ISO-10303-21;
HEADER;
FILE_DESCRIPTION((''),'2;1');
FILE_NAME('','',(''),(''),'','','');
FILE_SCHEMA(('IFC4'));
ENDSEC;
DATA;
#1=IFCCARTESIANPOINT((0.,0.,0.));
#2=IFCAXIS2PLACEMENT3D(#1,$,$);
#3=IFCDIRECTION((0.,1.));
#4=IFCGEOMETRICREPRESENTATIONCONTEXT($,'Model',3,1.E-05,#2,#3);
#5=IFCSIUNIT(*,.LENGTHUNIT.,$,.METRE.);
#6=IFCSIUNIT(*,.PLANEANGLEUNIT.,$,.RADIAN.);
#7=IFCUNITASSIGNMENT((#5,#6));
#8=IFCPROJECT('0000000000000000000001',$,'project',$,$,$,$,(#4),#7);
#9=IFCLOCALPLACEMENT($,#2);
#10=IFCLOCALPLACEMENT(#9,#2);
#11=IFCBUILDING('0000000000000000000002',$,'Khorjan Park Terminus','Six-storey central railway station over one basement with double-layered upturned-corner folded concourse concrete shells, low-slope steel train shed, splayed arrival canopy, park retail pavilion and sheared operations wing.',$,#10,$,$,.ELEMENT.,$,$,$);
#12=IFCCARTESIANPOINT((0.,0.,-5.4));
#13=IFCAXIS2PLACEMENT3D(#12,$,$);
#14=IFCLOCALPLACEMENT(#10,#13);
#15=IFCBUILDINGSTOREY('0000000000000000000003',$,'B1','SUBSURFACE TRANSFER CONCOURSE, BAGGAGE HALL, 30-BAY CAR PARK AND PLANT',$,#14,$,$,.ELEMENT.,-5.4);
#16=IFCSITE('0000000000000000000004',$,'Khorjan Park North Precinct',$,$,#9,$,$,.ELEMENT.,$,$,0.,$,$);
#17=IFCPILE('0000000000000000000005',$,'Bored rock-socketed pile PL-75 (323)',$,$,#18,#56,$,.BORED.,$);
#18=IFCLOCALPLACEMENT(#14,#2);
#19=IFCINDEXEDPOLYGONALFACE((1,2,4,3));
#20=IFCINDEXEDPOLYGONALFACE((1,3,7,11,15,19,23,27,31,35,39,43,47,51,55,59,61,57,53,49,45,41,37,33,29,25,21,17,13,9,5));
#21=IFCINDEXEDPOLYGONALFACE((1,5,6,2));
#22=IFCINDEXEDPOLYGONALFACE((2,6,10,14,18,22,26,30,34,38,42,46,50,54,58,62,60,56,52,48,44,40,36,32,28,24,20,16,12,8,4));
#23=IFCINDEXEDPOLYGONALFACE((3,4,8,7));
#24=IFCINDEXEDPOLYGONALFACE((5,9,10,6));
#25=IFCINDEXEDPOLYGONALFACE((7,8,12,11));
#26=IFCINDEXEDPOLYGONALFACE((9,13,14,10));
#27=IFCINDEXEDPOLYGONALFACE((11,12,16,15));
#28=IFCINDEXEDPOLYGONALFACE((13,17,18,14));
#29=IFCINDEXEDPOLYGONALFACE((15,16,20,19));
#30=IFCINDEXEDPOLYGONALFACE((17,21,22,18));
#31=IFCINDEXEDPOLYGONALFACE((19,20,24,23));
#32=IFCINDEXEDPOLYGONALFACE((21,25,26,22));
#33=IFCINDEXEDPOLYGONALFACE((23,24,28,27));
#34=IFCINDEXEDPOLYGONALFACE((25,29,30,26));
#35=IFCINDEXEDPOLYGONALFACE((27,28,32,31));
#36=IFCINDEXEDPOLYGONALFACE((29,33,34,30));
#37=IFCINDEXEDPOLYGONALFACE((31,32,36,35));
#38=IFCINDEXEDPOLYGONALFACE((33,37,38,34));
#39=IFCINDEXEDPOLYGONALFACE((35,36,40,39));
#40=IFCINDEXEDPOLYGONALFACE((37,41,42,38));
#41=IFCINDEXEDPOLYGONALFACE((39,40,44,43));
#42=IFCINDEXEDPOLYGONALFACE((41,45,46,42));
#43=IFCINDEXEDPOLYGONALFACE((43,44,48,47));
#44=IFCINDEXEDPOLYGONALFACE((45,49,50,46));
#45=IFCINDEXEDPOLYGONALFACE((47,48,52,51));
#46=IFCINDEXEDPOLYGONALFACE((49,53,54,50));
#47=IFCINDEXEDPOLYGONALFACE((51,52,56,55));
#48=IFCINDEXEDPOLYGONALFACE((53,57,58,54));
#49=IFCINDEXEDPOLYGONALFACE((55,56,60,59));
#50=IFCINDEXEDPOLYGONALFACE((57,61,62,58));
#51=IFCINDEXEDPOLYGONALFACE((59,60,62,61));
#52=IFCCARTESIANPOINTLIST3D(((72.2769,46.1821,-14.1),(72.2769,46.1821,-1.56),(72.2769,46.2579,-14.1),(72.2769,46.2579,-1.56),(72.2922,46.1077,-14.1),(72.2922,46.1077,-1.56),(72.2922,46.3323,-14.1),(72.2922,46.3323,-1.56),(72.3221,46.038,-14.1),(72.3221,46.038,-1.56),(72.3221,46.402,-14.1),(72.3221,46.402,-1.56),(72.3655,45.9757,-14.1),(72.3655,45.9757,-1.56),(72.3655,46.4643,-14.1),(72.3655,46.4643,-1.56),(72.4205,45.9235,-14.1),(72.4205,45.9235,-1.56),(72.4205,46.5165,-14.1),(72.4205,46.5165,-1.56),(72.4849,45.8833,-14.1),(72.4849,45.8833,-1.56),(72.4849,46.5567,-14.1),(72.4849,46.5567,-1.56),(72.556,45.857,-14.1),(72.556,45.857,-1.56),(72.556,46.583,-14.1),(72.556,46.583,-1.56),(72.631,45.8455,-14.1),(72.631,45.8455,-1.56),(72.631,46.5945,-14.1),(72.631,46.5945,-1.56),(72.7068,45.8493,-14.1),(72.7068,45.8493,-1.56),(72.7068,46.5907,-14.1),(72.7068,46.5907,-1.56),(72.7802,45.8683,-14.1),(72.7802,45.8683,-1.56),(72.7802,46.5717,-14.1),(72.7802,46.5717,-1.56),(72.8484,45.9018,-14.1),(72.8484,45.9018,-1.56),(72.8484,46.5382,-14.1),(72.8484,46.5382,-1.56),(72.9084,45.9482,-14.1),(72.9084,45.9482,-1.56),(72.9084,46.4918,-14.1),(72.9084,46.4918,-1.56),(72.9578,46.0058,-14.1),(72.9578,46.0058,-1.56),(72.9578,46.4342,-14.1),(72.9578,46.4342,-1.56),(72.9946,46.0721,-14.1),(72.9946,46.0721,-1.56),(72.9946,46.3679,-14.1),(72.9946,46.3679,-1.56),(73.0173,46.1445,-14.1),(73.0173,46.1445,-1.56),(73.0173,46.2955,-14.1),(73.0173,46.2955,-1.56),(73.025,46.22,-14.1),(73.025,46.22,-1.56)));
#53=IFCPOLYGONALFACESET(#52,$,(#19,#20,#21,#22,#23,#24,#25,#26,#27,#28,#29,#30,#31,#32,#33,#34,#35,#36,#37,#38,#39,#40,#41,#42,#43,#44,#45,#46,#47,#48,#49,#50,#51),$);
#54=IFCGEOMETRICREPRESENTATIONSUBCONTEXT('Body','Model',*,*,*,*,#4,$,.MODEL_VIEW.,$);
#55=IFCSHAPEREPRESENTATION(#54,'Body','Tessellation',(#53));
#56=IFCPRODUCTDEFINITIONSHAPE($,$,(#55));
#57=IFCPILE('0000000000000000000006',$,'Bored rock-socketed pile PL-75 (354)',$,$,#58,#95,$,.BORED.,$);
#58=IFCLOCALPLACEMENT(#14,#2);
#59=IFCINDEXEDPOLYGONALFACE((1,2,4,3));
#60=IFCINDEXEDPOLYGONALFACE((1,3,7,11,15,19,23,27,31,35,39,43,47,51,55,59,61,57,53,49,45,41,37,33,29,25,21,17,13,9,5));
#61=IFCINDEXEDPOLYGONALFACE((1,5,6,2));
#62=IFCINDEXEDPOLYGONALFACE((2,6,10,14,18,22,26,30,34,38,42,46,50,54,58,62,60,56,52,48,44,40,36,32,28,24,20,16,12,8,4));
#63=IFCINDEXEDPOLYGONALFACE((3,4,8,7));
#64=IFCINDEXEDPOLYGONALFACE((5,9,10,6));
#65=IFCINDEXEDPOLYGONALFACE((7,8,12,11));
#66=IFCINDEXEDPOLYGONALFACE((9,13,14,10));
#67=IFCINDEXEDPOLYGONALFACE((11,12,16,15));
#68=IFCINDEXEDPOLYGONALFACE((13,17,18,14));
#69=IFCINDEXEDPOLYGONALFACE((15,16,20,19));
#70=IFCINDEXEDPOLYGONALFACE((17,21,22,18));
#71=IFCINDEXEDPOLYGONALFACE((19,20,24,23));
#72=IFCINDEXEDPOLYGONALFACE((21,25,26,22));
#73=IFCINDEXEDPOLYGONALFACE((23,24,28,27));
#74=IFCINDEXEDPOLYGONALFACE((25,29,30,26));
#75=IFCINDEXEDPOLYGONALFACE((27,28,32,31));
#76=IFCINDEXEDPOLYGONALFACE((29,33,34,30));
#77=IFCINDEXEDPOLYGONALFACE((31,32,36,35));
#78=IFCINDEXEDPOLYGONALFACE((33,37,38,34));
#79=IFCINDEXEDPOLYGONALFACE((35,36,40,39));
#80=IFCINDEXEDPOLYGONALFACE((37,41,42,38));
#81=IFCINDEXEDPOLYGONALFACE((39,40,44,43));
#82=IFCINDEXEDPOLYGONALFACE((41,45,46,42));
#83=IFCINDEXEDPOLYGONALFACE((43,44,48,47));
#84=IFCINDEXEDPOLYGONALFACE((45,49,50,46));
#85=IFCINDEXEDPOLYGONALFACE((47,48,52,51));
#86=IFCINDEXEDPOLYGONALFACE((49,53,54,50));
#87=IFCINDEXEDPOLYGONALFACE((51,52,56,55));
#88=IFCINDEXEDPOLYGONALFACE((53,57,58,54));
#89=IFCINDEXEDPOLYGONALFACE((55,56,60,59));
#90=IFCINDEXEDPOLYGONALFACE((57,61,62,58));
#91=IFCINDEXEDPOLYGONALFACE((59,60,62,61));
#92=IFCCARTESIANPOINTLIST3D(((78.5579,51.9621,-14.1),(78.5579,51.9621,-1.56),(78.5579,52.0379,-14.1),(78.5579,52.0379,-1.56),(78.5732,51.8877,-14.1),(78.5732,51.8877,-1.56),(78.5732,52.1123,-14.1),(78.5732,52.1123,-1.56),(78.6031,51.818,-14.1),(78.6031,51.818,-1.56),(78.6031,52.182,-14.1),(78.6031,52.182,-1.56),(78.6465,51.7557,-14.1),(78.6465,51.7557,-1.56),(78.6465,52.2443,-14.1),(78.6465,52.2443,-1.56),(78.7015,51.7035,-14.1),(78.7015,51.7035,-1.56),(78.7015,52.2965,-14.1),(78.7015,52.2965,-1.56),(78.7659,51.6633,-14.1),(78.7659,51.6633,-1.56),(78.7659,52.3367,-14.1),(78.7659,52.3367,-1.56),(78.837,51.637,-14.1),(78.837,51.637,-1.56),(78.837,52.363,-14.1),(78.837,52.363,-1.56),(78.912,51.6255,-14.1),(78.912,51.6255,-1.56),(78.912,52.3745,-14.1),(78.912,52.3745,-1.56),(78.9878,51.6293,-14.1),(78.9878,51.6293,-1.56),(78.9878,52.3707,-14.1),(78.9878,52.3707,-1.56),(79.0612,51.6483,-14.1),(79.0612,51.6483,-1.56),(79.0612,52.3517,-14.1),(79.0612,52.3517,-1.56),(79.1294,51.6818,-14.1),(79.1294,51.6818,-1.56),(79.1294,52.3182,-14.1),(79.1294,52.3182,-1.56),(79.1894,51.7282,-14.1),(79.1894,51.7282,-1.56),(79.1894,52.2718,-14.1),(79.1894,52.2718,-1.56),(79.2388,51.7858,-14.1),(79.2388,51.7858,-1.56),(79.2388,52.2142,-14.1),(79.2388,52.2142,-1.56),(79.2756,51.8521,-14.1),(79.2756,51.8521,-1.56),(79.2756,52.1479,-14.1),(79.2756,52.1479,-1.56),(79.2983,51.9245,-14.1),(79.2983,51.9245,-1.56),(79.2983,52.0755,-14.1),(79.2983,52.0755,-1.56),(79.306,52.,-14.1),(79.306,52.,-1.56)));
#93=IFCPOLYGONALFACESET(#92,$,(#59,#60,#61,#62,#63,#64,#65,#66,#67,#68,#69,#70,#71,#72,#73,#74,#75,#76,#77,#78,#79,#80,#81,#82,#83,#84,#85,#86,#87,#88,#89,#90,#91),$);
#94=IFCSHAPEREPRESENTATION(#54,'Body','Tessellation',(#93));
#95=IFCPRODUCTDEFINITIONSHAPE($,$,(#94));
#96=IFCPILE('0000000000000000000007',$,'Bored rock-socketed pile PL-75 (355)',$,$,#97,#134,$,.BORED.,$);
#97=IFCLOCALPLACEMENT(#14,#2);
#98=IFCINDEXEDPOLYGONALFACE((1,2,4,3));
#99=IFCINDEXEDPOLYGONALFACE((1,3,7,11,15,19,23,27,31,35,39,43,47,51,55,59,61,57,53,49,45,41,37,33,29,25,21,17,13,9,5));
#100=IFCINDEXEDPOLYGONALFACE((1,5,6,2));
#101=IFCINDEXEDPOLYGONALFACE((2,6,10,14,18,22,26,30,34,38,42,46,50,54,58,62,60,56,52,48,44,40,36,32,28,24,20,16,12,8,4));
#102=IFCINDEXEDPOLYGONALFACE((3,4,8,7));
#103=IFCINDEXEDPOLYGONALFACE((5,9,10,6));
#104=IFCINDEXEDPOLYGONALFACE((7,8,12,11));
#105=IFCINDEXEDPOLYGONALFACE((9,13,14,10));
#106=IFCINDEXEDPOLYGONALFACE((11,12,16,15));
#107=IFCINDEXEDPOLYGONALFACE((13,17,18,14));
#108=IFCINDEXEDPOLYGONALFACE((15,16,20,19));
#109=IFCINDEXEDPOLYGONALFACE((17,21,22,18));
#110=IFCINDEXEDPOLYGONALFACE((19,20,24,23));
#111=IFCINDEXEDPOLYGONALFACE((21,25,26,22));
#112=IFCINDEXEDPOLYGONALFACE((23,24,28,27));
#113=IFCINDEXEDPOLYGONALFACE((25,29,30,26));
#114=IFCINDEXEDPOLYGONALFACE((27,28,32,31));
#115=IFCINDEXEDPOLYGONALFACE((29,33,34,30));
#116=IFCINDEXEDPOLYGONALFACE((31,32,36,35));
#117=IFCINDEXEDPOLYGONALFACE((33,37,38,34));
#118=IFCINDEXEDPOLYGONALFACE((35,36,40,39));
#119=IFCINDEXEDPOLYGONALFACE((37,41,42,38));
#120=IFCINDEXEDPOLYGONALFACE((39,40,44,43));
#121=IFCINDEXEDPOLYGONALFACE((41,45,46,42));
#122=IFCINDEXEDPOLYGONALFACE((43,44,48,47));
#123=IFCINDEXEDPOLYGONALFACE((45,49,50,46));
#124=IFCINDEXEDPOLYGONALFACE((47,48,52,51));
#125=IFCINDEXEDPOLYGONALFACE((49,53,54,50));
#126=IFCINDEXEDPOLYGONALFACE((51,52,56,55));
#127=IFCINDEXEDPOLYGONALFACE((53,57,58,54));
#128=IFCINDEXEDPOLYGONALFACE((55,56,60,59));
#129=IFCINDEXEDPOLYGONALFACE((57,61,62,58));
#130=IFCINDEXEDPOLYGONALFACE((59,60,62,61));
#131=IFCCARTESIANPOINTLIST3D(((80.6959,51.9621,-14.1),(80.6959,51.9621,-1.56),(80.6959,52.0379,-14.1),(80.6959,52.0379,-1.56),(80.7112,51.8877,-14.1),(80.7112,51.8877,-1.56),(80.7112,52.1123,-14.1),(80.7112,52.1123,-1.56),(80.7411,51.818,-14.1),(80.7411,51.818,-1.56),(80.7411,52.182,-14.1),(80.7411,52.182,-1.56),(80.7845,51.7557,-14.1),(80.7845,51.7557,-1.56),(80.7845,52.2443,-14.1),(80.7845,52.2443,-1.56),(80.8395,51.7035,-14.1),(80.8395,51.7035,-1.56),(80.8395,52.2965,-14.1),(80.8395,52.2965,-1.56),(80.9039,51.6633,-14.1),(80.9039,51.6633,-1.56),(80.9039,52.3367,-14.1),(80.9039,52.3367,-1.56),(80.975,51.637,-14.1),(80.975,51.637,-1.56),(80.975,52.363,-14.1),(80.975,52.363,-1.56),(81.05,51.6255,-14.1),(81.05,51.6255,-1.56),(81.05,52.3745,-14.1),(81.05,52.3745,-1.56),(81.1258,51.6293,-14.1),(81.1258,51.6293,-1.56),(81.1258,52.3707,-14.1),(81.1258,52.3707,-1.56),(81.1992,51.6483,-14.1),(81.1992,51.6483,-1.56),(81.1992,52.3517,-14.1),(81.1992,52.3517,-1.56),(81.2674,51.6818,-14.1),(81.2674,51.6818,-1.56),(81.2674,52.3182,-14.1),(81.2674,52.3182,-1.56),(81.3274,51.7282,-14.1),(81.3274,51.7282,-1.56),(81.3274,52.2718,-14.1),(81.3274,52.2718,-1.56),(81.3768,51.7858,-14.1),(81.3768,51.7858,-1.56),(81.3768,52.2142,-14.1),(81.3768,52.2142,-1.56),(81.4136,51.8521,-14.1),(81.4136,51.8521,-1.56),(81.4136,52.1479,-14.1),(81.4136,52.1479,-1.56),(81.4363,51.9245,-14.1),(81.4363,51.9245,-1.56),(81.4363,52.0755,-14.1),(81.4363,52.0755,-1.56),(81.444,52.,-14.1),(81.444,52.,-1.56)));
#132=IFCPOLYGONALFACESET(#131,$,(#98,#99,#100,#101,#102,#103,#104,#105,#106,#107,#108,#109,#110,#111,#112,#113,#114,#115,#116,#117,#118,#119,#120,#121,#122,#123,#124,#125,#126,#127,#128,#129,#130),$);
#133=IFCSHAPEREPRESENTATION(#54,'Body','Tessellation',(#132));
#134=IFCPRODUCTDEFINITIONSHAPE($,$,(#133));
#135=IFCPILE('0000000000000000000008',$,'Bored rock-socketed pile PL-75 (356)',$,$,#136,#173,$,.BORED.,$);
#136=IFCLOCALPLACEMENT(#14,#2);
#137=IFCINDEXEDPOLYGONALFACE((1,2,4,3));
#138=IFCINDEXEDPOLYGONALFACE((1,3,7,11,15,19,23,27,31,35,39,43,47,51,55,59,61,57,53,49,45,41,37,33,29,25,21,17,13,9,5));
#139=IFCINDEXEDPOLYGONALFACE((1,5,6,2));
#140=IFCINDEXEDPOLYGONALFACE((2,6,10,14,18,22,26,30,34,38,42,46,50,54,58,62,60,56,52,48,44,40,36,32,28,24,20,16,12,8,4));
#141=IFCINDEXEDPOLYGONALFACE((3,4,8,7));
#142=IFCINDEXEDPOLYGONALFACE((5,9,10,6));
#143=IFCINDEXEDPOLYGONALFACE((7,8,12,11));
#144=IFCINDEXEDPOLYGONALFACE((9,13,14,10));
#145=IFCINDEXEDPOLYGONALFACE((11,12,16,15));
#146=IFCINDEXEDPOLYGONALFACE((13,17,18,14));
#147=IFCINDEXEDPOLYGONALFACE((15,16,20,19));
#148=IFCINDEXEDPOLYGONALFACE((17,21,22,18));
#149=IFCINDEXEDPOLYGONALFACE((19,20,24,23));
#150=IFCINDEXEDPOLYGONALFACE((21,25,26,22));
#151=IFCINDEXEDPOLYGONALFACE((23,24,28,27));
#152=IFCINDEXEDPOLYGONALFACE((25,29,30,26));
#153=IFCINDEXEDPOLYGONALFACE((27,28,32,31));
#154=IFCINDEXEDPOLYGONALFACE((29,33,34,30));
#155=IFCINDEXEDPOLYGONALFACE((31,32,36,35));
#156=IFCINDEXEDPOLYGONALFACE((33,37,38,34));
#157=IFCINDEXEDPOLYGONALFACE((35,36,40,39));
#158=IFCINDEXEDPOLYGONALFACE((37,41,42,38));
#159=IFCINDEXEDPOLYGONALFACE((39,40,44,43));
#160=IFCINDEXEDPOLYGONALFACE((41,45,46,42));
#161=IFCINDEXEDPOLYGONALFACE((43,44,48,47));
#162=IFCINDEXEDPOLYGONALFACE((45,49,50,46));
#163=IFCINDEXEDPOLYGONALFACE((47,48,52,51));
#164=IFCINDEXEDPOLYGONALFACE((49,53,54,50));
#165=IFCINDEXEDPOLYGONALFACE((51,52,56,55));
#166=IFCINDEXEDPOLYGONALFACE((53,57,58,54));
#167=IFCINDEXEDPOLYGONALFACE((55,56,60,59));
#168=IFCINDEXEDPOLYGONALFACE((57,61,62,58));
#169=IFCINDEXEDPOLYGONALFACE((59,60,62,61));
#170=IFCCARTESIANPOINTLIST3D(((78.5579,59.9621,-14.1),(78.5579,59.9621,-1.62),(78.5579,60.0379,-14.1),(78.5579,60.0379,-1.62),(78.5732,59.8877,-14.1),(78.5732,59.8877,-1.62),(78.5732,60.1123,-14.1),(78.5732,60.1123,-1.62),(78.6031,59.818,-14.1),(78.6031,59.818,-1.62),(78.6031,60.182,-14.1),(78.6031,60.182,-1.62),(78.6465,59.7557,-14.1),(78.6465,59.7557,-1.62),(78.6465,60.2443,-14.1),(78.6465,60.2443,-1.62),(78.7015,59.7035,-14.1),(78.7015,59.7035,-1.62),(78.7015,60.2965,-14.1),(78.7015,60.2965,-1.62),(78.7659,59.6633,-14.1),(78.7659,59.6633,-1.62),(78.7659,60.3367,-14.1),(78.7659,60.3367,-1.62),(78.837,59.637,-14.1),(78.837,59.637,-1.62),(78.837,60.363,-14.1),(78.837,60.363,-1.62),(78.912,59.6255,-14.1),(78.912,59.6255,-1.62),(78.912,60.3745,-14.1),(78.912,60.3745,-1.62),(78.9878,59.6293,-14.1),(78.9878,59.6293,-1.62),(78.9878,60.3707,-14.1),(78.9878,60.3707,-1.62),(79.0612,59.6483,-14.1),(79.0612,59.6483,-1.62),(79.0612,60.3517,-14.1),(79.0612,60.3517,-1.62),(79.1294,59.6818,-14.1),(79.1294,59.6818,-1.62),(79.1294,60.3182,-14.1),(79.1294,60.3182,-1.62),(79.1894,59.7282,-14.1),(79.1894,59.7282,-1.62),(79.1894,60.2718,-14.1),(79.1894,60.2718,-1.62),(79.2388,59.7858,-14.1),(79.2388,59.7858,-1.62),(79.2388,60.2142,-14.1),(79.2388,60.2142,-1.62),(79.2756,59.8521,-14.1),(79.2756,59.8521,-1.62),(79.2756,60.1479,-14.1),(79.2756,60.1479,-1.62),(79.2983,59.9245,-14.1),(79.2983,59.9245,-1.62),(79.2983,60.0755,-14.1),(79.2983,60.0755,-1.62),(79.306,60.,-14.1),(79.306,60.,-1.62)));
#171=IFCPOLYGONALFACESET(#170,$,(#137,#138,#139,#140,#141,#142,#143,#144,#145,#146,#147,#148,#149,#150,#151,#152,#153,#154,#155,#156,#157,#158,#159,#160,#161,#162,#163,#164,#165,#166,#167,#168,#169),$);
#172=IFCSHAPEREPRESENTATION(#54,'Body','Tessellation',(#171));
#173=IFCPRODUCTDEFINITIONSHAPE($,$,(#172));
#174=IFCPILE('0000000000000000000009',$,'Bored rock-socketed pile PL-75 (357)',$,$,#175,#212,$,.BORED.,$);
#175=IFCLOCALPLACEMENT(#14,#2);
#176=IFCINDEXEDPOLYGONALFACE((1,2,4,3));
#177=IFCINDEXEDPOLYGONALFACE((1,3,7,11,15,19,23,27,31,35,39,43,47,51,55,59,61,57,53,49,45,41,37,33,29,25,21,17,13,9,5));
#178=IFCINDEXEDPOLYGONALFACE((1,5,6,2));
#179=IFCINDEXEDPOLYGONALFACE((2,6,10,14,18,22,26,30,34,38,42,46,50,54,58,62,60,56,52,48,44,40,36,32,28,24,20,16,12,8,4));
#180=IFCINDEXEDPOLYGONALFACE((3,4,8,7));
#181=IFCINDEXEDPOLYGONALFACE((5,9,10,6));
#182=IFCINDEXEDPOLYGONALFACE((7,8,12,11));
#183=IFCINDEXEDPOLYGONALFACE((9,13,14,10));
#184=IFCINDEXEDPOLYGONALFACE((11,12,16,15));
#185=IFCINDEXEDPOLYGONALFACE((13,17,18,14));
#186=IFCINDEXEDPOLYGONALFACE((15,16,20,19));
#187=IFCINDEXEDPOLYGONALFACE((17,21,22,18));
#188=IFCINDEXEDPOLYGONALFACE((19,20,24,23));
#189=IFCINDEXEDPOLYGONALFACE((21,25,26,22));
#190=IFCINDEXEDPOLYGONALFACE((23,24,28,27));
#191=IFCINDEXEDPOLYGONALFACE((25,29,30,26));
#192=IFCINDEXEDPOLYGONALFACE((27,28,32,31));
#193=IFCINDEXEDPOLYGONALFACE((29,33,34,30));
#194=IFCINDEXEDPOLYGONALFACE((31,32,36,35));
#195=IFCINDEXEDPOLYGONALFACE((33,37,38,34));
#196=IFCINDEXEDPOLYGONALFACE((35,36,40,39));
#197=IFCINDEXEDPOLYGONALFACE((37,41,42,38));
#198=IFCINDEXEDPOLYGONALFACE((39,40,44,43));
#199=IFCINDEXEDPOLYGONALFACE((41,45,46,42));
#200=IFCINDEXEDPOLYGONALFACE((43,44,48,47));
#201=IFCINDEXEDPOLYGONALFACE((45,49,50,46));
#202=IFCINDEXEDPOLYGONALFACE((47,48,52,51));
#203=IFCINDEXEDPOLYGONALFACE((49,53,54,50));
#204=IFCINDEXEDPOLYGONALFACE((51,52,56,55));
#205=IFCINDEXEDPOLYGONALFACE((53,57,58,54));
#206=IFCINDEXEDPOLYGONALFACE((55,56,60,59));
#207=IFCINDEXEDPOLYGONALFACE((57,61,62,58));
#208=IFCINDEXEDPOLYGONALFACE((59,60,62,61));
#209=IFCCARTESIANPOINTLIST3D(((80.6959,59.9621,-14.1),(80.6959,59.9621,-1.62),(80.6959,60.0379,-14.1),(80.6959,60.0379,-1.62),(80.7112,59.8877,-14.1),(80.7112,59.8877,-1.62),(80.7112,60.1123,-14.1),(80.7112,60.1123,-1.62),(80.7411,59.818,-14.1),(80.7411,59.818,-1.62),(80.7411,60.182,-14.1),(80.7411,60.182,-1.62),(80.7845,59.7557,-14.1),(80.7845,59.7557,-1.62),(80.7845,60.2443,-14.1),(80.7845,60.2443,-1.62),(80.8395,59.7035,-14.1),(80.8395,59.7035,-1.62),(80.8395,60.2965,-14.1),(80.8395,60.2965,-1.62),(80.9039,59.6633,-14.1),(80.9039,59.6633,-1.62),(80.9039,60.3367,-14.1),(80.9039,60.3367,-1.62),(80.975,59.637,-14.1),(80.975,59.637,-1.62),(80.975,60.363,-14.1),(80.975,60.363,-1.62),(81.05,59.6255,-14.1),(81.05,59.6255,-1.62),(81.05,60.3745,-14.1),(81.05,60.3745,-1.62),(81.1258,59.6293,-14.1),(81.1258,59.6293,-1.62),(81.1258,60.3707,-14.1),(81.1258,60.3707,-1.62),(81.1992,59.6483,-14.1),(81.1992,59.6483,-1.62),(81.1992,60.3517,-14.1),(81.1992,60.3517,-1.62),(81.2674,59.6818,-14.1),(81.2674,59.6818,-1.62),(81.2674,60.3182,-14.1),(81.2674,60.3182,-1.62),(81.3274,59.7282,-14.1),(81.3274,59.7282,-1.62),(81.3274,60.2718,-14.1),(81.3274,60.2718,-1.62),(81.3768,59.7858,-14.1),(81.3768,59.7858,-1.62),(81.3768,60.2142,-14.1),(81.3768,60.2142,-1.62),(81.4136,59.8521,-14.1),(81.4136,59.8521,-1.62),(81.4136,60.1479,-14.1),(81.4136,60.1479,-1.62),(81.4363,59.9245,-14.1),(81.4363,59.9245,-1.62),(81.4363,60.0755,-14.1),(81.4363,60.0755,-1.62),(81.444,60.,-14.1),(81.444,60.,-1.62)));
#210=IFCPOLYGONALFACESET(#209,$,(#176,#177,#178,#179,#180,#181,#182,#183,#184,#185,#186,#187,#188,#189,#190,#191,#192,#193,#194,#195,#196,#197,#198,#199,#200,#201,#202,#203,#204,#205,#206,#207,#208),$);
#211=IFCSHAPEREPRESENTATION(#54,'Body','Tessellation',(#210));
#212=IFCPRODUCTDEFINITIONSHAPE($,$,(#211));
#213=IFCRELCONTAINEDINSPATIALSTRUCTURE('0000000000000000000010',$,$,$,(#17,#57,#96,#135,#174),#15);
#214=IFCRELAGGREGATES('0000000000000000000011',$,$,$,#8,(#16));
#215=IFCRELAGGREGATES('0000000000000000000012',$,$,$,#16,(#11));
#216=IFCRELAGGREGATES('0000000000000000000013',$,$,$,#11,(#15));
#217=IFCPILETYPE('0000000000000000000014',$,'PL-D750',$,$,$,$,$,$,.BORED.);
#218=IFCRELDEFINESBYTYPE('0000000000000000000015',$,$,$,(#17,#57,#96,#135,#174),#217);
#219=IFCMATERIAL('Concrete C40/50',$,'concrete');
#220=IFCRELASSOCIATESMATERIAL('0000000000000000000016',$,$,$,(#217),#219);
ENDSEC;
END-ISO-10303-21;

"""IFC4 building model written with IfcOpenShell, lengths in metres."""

from ifc_helpers import new_model, si_unit, direction, frame, origin, origin_2d, place, context, subcontext, project, spatial, circle, extrude, material, material_profile, profile_set, type_object, element, save


model = new_model("IFC4")

# Units and contexts
model_context = context("Model", 3, precision=1e-05, world=origin(), true_north=direction((0.0, 1.0)))
body_context = subcontext(model_context, "Body", "Model", "MODEL_VIEW")
ifc_project = project(units=[si_unit("LENGTHUNIT", "METRE"), si_unit("PLANEANGLEUNIT", "RADIAN")], contexts=[model_context])

# Site, building, storey
site_placement = place(None, origin())
site = spatial("IfcSite", under=ifc_project, at=site_placement, Name="Khorjan Park North Precinct", CompositionType="ELEMENT", RefElevation=0.0)
building_placement = place(site_placement, origin())
building = spatial("IfcBuilding", under=site, at=building_placement, Name="Khorjan Park Terminus", Description="Six-storey central railway station over one basement with double-layered upturned-corner folded concourse concrete shells, low-slope steel train shed, splayed arrival canopy, park retail pavilion and sheared operations wing.", CompositionType="ELEMENT")
storey_placement = place(building_placement, frame((0.0, 0.0, -5.4)))
storey = spatial("IfcBuildingStorey", under=building, at=storey_placement, Name="B1", Description="SUBSURFACE TRANSFER CONCOURSE, BAGGAGE HALL, 30-BAY CAR PARK AND PLANT", CompositionType="ELEMENT", Elevation=-5.4)

# Shared definitions
ifc_material_1 = material(Name="Concrete C40/50", Category="concrete")

# Piles
ifc_material_profile_1 = material_profile(ifc_material_1, circle(Radius=0.375, at=origin_2d()), Name="BORED D750")
ifc_profile_set_1 = profile_set([ifc_material_profile_1], Name="Concrete C40/50")
pile_type = type_object("IfcPileType", Name="PL-D750", PredefinedType="BORED", material=ifc_profile_set_1)
for number, where, z_axis, x_axis, name in (
    (1, (72.65, 46.22, -1.56), (0.0, 0.0, -1.0), (1.0, 0.0, 0.0), "Bored rock-socketed pile PL-75 (323)"),
    (2, (78.931, 52.0, -1.56), (0.0, 0.0, -1.0), (1.0, 0.0, 0.0), "Bored rock-socketed pile PL-75 (354)"),
    (3, (81.069, 52.0, -1.56), (0.0, 0.0, -1.0), (1.0, 0.0, 0.0), "Bored rock-socketed pile PL-75 (355)"),
):
    element("IfcPile", number, at=place(storey_placement, frame(where, z_axis=z_axis, x_axis=x_axis)), inside=storey, type_object=pile_type, Name=name, PredefinedType="BORED", context=body_context, shape_type="SweptSolid", body=[
        extrude(circle(Radius=0.375, at=origin_2d()), origin(), (0.0, 0.0, 1.0), 12.54),
    ])
for number, where, z_axis, x_axis, name in (
    (4, (78.931, 60.0, -1.62), (0.0, 0.0, -1.0), (1.0, 0.0, 0.0), "Bored rock-socketed pile PL-75 (356)"),
    (5, (81.069, 60.0, -1.62), (0.0, 0.0, -1.0), (1.0, 0.0, 0.0), "Bored rock-socketed pile PL-75 (357)"),
):
    element("IfcPile", number, at=place(storey_placement, frame(where, z_axis=z_axis, x_axis=x_axis)), inside=storey, type_object=pile_type, Name=name, PredefinedType="BORED", context=body_context, shape_type="SweptSolid", body=[
        extrude(circle(Radius=0.375, at=origin_2d()), origin(), (0.0, 0.0, 1.0), 12.48),
    ])

save(model, "model.ifc")
